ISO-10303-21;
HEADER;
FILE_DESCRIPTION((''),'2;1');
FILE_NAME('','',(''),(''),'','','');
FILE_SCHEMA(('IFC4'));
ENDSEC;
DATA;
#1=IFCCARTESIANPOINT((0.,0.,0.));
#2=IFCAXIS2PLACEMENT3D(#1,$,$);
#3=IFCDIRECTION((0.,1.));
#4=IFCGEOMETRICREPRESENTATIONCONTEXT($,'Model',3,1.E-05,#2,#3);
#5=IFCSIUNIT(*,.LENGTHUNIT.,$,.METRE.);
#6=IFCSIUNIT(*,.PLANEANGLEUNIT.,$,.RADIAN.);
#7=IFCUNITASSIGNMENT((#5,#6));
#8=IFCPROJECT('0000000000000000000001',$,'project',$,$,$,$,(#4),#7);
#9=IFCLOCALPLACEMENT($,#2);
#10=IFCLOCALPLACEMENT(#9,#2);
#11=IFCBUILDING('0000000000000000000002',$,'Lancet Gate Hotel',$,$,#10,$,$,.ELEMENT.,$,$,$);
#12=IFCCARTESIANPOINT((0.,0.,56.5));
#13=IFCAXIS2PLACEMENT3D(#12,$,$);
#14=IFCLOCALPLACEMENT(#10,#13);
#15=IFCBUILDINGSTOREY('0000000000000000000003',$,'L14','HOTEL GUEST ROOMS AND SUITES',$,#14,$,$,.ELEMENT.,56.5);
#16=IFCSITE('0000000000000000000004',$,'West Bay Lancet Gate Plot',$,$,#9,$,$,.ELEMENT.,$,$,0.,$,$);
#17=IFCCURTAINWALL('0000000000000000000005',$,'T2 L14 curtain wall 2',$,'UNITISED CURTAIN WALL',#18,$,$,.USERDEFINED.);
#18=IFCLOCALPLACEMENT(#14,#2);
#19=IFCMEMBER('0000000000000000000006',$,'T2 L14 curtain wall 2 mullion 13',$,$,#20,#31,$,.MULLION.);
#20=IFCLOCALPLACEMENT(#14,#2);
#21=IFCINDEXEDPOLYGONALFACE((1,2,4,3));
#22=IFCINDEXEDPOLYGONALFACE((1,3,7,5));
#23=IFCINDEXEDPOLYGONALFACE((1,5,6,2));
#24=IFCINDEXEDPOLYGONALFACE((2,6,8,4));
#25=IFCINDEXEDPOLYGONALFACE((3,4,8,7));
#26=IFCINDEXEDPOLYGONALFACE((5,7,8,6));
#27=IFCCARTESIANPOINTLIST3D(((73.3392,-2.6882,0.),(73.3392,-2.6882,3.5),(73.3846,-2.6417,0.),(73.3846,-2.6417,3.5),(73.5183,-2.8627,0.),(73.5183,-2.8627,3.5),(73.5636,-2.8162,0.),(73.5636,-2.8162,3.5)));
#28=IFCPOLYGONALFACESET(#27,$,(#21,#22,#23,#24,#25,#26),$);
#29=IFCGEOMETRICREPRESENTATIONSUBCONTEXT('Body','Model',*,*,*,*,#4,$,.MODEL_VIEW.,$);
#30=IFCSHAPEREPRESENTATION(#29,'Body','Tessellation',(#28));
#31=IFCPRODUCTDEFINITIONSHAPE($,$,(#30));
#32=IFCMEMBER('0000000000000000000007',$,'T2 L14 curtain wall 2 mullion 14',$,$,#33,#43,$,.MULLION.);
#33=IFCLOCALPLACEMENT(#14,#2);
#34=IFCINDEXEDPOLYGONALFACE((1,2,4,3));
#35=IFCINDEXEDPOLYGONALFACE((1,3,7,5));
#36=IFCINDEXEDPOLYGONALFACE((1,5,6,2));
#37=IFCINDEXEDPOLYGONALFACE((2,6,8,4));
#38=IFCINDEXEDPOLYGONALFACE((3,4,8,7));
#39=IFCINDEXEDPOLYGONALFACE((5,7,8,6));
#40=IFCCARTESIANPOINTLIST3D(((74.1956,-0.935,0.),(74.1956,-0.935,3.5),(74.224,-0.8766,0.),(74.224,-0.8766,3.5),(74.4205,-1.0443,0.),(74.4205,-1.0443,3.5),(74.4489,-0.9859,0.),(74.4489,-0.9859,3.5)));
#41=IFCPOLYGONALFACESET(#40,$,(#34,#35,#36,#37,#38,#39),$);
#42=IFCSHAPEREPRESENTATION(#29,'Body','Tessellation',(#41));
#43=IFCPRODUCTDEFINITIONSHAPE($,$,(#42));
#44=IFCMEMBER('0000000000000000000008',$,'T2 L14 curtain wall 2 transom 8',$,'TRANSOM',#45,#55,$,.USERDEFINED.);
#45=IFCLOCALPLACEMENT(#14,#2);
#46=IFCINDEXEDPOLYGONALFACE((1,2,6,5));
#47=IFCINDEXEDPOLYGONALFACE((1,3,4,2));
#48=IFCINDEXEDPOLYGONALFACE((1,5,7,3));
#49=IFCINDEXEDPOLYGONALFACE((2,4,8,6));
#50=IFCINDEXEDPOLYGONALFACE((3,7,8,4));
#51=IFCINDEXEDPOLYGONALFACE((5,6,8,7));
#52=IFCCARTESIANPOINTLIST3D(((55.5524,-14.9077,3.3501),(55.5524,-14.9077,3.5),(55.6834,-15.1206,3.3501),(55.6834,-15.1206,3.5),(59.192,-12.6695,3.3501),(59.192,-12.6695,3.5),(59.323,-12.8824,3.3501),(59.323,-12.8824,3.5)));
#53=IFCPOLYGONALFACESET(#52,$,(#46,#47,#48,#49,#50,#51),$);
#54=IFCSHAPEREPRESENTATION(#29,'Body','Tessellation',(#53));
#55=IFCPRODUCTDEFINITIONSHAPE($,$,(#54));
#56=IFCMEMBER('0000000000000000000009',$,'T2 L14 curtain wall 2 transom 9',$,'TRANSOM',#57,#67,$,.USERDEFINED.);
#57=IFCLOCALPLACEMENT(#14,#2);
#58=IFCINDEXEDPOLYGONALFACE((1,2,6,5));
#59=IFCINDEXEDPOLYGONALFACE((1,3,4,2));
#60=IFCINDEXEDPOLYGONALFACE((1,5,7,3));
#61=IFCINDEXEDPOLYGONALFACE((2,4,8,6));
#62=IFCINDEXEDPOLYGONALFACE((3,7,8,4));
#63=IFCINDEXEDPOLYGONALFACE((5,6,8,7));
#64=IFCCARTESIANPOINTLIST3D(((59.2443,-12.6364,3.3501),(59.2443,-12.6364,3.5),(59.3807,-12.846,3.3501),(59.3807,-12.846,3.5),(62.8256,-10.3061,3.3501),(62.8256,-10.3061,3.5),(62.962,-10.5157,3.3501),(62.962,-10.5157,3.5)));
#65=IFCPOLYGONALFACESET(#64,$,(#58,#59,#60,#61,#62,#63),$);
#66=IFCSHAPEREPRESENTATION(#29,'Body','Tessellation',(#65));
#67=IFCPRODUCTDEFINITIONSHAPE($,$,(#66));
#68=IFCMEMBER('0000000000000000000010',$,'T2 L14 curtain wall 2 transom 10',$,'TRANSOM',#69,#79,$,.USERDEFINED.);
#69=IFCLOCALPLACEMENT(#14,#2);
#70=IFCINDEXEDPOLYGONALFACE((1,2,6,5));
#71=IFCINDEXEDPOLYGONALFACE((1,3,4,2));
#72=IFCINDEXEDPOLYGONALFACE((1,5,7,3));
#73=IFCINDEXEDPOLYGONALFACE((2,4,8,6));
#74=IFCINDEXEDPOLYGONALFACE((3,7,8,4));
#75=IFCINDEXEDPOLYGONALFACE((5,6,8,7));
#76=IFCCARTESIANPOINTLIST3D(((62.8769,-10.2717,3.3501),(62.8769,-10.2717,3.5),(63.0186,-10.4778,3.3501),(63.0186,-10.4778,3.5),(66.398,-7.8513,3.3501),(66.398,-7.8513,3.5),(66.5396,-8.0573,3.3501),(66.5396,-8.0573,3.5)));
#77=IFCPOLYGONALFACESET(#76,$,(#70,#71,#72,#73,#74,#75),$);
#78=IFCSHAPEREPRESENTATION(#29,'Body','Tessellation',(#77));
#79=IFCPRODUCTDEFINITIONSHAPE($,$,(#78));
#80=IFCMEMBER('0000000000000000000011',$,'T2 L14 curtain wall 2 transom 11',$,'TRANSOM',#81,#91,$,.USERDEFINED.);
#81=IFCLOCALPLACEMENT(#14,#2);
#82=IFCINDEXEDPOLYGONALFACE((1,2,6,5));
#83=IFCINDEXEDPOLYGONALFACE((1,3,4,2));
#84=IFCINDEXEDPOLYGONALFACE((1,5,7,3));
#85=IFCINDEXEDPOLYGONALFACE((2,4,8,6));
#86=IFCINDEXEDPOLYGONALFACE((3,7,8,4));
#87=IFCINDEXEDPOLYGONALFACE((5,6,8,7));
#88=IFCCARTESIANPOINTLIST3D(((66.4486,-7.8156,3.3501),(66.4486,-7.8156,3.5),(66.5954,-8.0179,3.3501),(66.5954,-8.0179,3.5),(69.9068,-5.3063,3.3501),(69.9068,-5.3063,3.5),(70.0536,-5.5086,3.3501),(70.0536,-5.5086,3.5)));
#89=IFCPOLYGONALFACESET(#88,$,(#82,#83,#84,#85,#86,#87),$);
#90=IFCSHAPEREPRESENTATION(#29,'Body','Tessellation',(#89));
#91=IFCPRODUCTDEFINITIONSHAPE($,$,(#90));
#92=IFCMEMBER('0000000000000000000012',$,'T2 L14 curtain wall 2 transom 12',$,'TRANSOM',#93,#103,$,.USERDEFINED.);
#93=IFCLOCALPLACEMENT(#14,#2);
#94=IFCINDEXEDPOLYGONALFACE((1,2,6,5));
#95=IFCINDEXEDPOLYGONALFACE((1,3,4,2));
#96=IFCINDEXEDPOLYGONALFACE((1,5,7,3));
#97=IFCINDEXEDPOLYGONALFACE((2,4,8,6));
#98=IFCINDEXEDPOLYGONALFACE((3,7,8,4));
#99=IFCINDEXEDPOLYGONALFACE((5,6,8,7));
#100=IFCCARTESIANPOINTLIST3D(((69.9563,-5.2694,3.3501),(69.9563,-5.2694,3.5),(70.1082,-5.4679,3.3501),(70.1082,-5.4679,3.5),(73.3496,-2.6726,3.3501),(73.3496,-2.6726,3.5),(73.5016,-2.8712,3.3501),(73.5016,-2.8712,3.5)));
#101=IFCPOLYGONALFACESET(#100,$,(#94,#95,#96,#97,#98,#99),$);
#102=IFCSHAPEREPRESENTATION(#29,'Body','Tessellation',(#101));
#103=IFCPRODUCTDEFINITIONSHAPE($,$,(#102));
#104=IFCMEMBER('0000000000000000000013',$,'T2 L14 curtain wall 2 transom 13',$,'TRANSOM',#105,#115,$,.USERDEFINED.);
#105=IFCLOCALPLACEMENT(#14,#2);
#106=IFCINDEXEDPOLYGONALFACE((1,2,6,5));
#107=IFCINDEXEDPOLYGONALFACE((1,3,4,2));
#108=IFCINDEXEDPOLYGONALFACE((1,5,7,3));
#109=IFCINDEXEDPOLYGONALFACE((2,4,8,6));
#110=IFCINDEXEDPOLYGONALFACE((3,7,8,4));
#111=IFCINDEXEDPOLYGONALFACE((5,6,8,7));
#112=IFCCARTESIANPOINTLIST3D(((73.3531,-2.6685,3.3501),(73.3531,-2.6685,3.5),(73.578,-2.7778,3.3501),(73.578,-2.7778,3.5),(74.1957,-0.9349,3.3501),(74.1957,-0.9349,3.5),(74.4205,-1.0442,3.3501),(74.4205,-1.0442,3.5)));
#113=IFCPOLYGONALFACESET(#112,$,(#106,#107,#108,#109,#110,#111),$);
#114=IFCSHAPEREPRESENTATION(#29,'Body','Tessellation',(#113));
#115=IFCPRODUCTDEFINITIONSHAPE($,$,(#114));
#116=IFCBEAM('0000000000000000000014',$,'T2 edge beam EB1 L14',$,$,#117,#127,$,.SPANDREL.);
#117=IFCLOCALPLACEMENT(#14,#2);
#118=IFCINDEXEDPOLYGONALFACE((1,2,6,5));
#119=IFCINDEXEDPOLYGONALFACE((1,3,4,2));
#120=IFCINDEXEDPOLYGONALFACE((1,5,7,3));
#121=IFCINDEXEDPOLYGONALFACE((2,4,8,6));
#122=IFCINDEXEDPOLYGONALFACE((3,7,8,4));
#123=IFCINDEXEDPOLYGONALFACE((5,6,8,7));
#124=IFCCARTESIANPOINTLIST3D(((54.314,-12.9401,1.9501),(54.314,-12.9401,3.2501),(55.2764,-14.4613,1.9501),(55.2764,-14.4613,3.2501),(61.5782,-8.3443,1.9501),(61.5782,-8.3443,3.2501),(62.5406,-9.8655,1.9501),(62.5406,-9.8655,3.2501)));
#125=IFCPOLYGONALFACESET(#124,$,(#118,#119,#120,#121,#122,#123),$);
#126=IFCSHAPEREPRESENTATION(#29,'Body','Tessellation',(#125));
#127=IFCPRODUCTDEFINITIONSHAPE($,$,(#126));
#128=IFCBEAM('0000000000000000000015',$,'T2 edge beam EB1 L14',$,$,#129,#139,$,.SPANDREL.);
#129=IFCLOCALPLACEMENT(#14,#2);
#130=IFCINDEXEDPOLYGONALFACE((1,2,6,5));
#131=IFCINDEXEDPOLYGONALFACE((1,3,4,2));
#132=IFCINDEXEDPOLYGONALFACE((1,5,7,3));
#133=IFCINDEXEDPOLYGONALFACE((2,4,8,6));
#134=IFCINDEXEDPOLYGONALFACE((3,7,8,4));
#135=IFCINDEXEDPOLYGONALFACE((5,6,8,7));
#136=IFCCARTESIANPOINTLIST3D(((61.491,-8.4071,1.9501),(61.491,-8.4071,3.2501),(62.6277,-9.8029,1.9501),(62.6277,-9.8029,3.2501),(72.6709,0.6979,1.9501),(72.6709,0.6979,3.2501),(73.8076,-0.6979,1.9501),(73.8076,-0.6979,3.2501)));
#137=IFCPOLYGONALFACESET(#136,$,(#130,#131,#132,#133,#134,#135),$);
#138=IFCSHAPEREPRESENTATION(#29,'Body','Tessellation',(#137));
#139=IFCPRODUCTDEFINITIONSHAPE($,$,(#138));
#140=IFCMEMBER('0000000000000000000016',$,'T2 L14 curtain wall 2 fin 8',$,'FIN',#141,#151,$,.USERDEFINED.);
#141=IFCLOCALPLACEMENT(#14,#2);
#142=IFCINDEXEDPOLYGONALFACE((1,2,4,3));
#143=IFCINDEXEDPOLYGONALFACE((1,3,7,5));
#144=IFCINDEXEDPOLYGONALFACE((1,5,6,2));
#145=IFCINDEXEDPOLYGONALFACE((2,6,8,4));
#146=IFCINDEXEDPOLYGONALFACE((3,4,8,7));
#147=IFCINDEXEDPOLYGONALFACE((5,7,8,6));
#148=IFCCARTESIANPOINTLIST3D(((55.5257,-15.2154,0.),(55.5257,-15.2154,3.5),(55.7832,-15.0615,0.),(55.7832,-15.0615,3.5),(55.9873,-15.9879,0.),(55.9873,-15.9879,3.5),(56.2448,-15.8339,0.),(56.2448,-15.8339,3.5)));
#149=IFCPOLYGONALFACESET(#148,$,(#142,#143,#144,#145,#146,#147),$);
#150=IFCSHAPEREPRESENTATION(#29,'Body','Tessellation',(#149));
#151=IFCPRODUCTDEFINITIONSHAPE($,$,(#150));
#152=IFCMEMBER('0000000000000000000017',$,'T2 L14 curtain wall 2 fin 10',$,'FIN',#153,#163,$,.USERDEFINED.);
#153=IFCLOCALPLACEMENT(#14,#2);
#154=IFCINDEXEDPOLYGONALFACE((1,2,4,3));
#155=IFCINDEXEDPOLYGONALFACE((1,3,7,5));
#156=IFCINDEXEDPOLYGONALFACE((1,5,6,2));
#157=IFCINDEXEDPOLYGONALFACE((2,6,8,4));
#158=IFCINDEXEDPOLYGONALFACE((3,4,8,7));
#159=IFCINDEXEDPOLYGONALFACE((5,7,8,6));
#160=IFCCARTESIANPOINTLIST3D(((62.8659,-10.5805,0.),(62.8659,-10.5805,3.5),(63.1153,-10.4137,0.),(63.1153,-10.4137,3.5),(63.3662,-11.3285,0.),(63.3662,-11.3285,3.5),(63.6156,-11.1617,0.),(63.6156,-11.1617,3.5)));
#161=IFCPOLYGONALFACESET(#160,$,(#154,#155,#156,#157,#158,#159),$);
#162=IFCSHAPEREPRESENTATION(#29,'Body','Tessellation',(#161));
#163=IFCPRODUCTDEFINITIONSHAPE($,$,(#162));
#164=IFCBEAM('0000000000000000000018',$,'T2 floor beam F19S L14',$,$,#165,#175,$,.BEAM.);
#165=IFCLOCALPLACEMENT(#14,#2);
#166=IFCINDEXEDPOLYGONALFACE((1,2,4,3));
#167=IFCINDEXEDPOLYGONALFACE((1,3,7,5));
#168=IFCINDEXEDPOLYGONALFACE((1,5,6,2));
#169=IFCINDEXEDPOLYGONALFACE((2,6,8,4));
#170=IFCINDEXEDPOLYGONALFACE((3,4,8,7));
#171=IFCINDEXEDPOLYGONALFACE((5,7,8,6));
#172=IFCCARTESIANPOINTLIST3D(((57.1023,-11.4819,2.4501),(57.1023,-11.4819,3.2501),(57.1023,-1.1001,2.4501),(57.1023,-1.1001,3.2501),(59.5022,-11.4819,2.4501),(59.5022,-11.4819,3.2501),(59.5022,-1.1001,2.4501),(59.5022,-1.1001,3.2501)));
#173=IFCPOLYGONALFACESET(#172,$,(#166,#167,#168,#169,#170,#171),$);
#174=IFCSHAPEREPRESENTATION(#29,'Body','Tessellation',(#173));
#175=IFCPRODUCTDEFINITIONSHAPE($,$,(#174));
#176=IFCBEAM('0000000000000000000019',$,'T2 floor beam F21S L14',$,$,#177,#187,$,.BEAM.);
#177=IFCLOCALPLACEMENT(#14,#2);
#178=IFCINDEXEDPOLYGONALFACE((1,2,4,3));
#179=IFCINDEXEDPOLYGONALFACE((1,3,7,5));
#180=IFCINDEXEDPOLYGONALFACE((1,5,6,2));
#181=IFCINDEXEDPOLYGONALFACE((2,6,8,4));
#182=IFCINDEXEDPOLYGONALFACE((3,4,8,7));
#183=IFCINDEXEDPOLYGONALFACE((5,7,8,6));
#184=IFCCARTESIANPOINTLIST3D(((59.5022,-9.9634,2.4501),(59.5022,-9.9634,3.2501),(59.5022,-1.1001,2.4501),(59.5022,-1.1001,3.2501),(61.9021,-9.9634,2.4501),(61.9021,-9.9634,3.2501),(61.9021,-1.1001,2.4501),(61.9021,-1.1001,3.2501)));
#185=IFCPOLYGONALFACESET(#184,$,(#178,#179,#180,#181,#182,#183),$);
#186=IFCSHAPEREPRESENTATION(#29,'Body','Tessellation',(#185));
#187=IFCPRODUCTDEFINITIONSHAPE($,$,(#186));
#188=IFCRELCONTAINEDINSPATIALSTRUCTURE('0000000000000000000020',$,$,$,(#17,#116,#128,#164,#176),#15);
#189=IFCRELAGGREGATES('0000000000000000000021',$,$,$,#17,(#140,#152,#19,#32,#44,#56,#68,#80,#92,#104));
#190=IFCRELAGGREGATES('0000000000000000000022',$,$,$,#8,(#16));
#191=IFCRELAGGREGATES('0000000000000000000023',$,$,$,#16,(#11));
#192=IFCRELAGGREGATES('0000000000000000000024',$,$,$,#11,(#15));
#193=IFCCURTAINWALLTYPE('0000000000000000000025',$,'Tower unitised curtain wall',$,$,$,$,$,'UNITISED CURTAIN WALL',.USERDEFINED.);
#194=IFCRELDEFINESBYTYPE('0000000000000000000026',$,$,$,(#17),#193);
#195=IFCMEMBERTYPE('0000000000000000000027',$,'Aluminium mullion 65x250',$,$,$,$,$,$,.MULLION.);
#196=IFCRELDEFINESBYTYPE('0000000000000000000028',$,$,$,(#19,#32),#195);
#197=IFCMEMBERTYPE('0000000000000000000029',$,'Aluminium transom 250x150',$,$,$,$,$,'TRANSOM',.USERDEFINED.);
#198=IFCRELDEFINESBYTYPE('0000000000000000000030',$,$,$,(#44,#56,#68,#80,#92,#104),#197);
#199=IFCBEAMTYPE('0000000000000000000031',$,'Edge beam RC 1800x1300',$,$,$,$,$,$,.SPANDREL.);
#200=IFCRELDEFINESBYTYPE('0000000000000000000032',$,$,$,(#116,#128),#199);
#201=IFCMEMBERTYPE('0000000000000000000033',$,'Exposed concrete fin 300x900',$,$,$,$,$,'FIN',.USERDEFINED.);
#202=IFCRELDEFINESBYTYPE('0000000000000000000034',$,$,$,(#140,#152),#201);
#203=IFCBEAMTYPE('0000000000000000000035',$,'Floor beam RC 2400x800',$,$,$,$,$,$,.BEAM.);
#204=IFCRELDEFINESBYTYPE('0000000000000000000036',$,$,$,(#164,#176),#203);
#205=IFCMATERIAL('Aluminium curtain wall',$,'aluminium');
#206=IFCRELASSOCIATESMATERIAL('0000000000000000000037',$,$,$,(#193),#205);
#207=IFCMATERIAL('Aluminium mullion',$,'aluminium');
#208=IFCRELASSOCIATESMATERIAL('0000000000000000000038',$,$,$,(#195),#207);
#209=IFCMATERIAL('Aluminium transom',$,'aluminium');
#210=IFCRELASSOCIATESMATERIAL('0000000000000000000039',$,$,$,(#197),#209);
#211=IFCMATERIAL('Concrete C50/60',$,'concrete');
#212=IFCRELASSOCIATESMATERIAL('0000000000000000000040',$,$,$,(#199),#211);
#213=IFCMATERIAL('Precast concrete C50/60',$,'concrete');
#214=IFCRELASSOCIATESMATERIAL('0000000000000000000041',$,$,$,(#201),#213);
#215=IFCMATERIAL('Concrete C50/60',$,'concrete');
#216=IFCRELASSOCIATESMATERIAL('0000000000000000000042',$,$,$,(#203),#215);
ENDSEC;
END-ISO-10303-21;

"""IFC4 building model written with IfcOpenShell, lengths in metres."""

from ifc_helpers import new_model, si_unit, direction, frame, origin, origin_2d, place, context, subcontext, project, spatial, rectangle, extrude, material, material_profile, profile_set, type_object, element, aggregate, save


model = new_model("IFC4")

# Units and contexts
model_context = context("Model", 3, precision=1e-05, world=origin(), true_north=direction((0.0, 1.0)))
body_context = subcontext(model_context, "Body", "Model", "MODEL_VIEW")
ifc_project = project(units=[si_unit("LENGTHUNIT", "METRE"), si_unit("PLANEANGLEUNIT", "RADIAN")], contexts=[model_context])

# Site, building, storey
site_placement = place(None, origin())
site = spatial("IfcSite", under=ifc_project, at=site_placement, Name="West Bay Lancet Gate Plot", CompositionType="ELEMENT", RefElevation=0.0)
building_placement = place(site_placement, origin())
building = spatial("IfcBuilding", under=site, at=building_placement, Name="Lancet Gate Hotel", CompositionType="ELEMENT")
storey_placement = place(building_placement, frame((0.0, 0.0, 56.5)))
storey = spatial("IfcBuildingStorey", under=building, at=storey_placement, Name="L14", Description="HOTEL GUEST ROOMS AND SUITES", CompositionType="ELEMENT", Elevation=56.5)

# Curtain wall, members
ifc_material_1 = material(Name="Aluminium curtain wall", Category="aluminium")
curtain_wall_type = type_object("IfcCurtainWallType", Name="Tower unitised curtain wall", ElementType="UNITISED CURTAIN WALL", PredefinedType="USERDEFINED", material=ifc_material_1)
curtain_wall_placement = place(storey_placement, origin())
curtain_wall = element("IfcCurtainWall", 1, at=curtain_wall_placement, inside=storey, type_object=curtain_wall_type, Name="T2 L14 curtain wall 2", ObjectType="UNITISED CURTAIN WALL", PredefinedType="USERDEFINED")
ifc_material_2 = material(Name="Aluminium mullion", Category="aluminium")
ifc_material_profile_1 = material_profile(ifc_material_2, rectangle(XDim=0.0649, YDim=0.25, at=origin_2d()), Name="MULLION 65x250")
ifc_profile_set_1 = profile_set([ifc_material_profile_1], Name="Aluminium mullion")
member_type_1 = type_object("IfcMemberType", Name="Aluminium mullion 65x250", PredefinedType="MULLION", material=ifc_profile_set_1)
member_1_placement = place(storey_placement, frame((73.4514, -2.7522, 0.0), z_axis=(0.0, 0.0, 1.0), x_axis=(0.697983, 0.716114, 0.0)))
member_1 = element("IfcMember", 2, at=member_1_placement, type_object=member_type_1, Name="T2 L14 curtain wall 2 mullion 13", PredefinedType="MULLION", context=body_context, shape_type="SweptSolid", body=[
    extrude(rectangle(XDim=0.0649, YDim=0.25, at=origin_2d()), origin(), (0.0, 0.0, 1.0), 3.5),
])
member_2_placement = place(storey_placement, frame((74.3223, -0.9604, 0.0), z_axis=(0.0, 0.0, 1.0), x_axis=(0.437169, 0.899379, 0.0)))
member_2 = element("IfcMember", 3, at=member_2_placement, type_object=member_type_1, Name="T2 L14 curtain wall 2 mullion 14", PredefinedType="MULLION", context=body_context, shape_type="SweptSolid", body=[
    extrude(rectangle(XDim=0.0649, YDim=0.25, at=origin_2d()), origin(), (0.0, 0.0, 1.0), 3.5),
])
ifc_material_3 = material(Name="Aluminium transom", Category="aluminium")
ifc_material_profile_2 = material_profile(ifc_material_3, rectangle(XDim=0.25, YDim=0.1499, at=origin_2d()), Name="TRANSOM 250x150")
ifc_profile_set_2 = profile_set([ifc_material_profile_2], Name="Aluminium transom")
member_type_2 = type_object("IfcMemberType", Name="Aluminium transom 250x150", ElementType="TRANSOM", PredefinedType="USERDEFINED", material=ifc_profile_set_2)
member_3_placement = place(storey_placement, frame((55.6179, -15.0142, 3.425), z_axis=(0.851815, 0.523842, 0.0), x_axis=(-0.523842, 0.851815, 0.0)))
member_3 = element("IfcMember", 4, at=member_3_placement, type_object=member_type_2, Name="T2 L14 curtain wall 2 transom 8", ObjectType="TRANSOM", PredefinedType="USERDEFINED", context=body_context, shape_type="SweptSolid", body=[
    extrude(rectangle(XDim=0.25, YDim=0.1499, at=origin_2d()), origin(), (0.0, 0.0, 1.0), 4.2727),
])
member_4_placement = place(storey_placement, frame((59.3125, -12.7412, 3.425), z_axis=(0.838179, 0.545396, 0.0), x_axis=(-0.545396, 0.838179, 0.0)))
member_4 = element("IfcMember", 5, at=member_4_placement, type_object=member_type_2, Name="T2 L14 curtain wall 2 transom 9", ObjectType="TRANSOM", PredefinedType="USERDEFINED", context=body_context, shape_type="SweptSolid", body=[
    extrude(rectangle(XDim=0.25, YDim=0.1499, at=origin_2d()), origin(), (0.0, 0.0, 1.0), 4.2727),
])
member_5_placement = place(storey_placement, frame((62.9478, -10.3748, 3.425), z_axis=(0.824072, 0.566485, 0.0), x_axis=(-0.566485, 0.824072, 0.0)))
member_5 = element("IfcMember", 6, at=member_5_placement, type_object=member_type_2, Name="T2 L14 curtain wall 2 transom 10", ObjectType="TRANSOM", PredefinedType="USERDEFINED", context=body_context, shape_type="SweptSolid", body=[
    extrude(rectangle(XDim=0.25, YDim=0.1499, at=origin_2d()), origin(), (0.0, 0.0, 1.0), 4.2727),
])
member_6_placement = place(storey_placement, frame((66.522, -7.9167, 3.425), z_axis=(0.809383, 0.587281, 0.0), x_axis=(-0.587281, 0.809383, 0.0)))
member_6 = element("IfcMember", 7, at=member_6_placement, type_object=member_type_2, Name="T2 L14 curtain wall 2 transom 11", ObjectType="TRANSOM", PredefinedType="USERDEFINED", context=body_context, shape_type="SweptSolid", body=[
    extrude(rectangle(XDim=0.25, YDim=0.1499, at=origin_2d()), origin(), (0.0, 0.0, 1.0), 4.2727),
])
member_7_placement = place(storey_placement, frame((70.0322, -5.3687, 3.425), z_axis=(0.794155, 0.607715, 0.0), x_axis=(-0.607715, 0.794155, 0.0)))
member_7 = element("IfcMember", 8, at=member_7_placement, type_object=member_type_2, Name="T2 L14 curtain wall 2 transom 12", ObjectType="TRANSOM", PredefinedType="USERDEFINED", context=body_context, shape_type="SweptSolid", body=[
    extrude(rectangle(XDim=0.25, YDim=0.1499, at=origin_2d()), origin(), (0.0, 0.0, 1.0), 4.2729),
])
member_8_placement = place(storey_placement, frame((73.4656, -2.7231, 3.425), z_axis=(0.437103, 0.899411, 0.0), x_axis=(-0.899411, 0.437103, 0.0)))
member_8 = element("IfcMember", 9, at=member_8_placement, type_object=member_type_2, Name="T2 L14 curtain wall 2 transom 13", ObjectType="TRANSOM", PredefinedType="USERDEFINED", context=body_context, shape_type="SweptSolid", body=[
    extrude(rectangle(XDim=0.25, YDim=0.1499, at=origin_2d()), origin(), (0.0, 0.0, 1.0), 1.9275),
])

# Beams
ifc_material_4 = material(Name="Concrete C50/60", Category="concrete")
ifc_material_profile_3 = material_profile(ifc_material_4, rectangle(XDim=1.8, YDim=1.3, at=origin_2d()), Name="RC 1800x1300")
ifc_profile_set_3 = profile_set([ifc_material_profile_3], Name="Concrete C50/60")
beam_type_1 = type_object("IfcBeamType", Name="Edge beam RC 1800x1300", PredefinedType="SPANDREL", material=ifc_profile_set_3)
beam_1_placement = place(storey_placement, frame((54.7952, -13.7007, 2.6001), z_axis=(0.845078, 0.534643, 0.0), x_axis=(-0.534643, 0.845078, 0.0)))
element("IfcBeam", 10, at=beam_1_placement, inside=storey, type_object=beam_type_1, Name="T2 edge beam EB1 L14", PredefinedType="SPANDREL", context=body_context, shape_type="SweptSolid", body=[
    extrude(rectangle(XDim=1.8, YDim=1.3, at=origin_2d()), origin(), (0.0, 0.0, 1.0), 8.5959),
])
beam_2_placement = place(storey_placement, frame((62.0593, -9.105, 2.6001), z_axis=(0.775391, 0.631481, 0.0), x_axis=(-0.631481, 0.775391, 0.0)))
element("IfcBeam", 11, at=beam_2_placement, inside=storey, type_object=beam_type_1, Name="T2 edge beam EB1 L14", PredefinedType="SPANDREL", context=body_context, shape_type="SweptSolid", body=[
    extrude(rectangle(XDim=1.8, YDim=1.3, at=origin_2d()), origin(), (0.0, 0.0, 1.0), 14.4185),
])

# Members
ifc_material_5 = material(Name="Precast concrete C50/60", Category="concrete")
ifc_material_profile_4 = material_profile(ifc_material_5, rectangle(XDim=0.3, YDim=0.8999, at=origin_2d()), Name="FIN 300x900")
ifc_profile_set_4 = profile_set([ifc_material_profile_4], Name="Precast concrete C50/60")
member_type_3 = type_object("IfcMemberType", Name="Exposed concrete fin 300x900", ElementType="FIN", PredefinedType="USERDEFINED", material=ifc_profile_set_4)
member_9_placement = place(storey_placement, frame((55.8853, -15.5247, 0.0), z_axis=(0.0, 0.0, 1.0), x_axis=(0.858413, 0.512959, 0.0)))
member_9 = element("IfcMember", 12, at=member_9_placement, type_object=member_type_3, Name="T2 L14 curtain wall 2 fin 8", ObjectType="FIN", PredefinedType="USERDEFINED", context=body_context, shape_type="SweptSolid", body=[
    extrude(rectangle(XDim=0.3, YDim=0.8999, at=origin_2d()), origin(), (0.0, 0.0, 1.0), 3.5),
])
member_10_placement = place(storey_placement, frame((63.2407, -10.8711, 0.0), z_axis=(0.0, 0.0, 1.0), x_axis=(0.831198, 0.555976, 0.0)))
member_10 = element("IfcMember", 13, at=member_10_placement, type_object=member_type_3, Name="T2 L14 curtain wall 2 fin 10", ObjectType="FIN", PredefinedType="USERDEFINED", context=body_context, shape_type="SweptSolid", body=[
    extrude(rectangle(XDim=0.3, YDim=0.8999, at=origin_2d()), origin(), (0.0, 0.0, 1.0), 3.5),
])

# Beams
ifc_material_6 = material(Name="Concrete C50/60", Category="concrete")
ifc_material_profile_5 = material_profile(ifc_material_6, rectangle(XDim=2.3999, YDim=0.8, at=origin_2d()), Name="RC 2400x800")
ifc_profile_set_5 = profile_set([ifc_material_profile_5], Name="Concrete C50/60")
beam_type_2 = type_object("IfcBeamType", Name="Floor beam RC 2400x800", PredefinedType="BEAM", material=ifc_profile_set_5)
beam_3_placement = place(storey_placement, frame((58.3022, -11.4819, 2.8501), z_axis=(0.0, 1.0, 0.0), x_axis=(-1.0, 0.0, 0.0)))
element("IfcBeam", 14, at=beam_3_placement, inside=storey, type_object=beam_type_2, Name="T2 floor beam F19S L14", PredefinedType="BEAM", context=body_context, shape_type="SweptSolid", body=[
    extrude(rectangle(XDim=2.3999, YDim=0.8, at=origin_2d()), origin(), (0.0, 0.0, 1.0), 10.3818),
])
beam_4_placement = place(storey_placement, frame((60.7021, -9.9634, 2.8501), z_axis=(0.0, 1.0, 0.0), x_axis=(-1.0, 0.0, 0.0)))
element("IfcBeam", 15, at=beam_4_placement, inside=storey, type_object=beam_type_2, Name="T2 floor beam F21S L14", PredefinedType="BEAM", context=body_context, shape_type="SweptSolid", body=[
    extrude(rectangle(XDim=2.3999, YDim=0.8, at=origin_2d()), origin(), (0.0, 0.0, 1.0), 8.8633),
])

aggregate(curtain_wall, [member_9, member_10, member_1, member_2, member_3, member_4, member_5, member_6, member_7, member_8])

save(model, "model.ifc")
